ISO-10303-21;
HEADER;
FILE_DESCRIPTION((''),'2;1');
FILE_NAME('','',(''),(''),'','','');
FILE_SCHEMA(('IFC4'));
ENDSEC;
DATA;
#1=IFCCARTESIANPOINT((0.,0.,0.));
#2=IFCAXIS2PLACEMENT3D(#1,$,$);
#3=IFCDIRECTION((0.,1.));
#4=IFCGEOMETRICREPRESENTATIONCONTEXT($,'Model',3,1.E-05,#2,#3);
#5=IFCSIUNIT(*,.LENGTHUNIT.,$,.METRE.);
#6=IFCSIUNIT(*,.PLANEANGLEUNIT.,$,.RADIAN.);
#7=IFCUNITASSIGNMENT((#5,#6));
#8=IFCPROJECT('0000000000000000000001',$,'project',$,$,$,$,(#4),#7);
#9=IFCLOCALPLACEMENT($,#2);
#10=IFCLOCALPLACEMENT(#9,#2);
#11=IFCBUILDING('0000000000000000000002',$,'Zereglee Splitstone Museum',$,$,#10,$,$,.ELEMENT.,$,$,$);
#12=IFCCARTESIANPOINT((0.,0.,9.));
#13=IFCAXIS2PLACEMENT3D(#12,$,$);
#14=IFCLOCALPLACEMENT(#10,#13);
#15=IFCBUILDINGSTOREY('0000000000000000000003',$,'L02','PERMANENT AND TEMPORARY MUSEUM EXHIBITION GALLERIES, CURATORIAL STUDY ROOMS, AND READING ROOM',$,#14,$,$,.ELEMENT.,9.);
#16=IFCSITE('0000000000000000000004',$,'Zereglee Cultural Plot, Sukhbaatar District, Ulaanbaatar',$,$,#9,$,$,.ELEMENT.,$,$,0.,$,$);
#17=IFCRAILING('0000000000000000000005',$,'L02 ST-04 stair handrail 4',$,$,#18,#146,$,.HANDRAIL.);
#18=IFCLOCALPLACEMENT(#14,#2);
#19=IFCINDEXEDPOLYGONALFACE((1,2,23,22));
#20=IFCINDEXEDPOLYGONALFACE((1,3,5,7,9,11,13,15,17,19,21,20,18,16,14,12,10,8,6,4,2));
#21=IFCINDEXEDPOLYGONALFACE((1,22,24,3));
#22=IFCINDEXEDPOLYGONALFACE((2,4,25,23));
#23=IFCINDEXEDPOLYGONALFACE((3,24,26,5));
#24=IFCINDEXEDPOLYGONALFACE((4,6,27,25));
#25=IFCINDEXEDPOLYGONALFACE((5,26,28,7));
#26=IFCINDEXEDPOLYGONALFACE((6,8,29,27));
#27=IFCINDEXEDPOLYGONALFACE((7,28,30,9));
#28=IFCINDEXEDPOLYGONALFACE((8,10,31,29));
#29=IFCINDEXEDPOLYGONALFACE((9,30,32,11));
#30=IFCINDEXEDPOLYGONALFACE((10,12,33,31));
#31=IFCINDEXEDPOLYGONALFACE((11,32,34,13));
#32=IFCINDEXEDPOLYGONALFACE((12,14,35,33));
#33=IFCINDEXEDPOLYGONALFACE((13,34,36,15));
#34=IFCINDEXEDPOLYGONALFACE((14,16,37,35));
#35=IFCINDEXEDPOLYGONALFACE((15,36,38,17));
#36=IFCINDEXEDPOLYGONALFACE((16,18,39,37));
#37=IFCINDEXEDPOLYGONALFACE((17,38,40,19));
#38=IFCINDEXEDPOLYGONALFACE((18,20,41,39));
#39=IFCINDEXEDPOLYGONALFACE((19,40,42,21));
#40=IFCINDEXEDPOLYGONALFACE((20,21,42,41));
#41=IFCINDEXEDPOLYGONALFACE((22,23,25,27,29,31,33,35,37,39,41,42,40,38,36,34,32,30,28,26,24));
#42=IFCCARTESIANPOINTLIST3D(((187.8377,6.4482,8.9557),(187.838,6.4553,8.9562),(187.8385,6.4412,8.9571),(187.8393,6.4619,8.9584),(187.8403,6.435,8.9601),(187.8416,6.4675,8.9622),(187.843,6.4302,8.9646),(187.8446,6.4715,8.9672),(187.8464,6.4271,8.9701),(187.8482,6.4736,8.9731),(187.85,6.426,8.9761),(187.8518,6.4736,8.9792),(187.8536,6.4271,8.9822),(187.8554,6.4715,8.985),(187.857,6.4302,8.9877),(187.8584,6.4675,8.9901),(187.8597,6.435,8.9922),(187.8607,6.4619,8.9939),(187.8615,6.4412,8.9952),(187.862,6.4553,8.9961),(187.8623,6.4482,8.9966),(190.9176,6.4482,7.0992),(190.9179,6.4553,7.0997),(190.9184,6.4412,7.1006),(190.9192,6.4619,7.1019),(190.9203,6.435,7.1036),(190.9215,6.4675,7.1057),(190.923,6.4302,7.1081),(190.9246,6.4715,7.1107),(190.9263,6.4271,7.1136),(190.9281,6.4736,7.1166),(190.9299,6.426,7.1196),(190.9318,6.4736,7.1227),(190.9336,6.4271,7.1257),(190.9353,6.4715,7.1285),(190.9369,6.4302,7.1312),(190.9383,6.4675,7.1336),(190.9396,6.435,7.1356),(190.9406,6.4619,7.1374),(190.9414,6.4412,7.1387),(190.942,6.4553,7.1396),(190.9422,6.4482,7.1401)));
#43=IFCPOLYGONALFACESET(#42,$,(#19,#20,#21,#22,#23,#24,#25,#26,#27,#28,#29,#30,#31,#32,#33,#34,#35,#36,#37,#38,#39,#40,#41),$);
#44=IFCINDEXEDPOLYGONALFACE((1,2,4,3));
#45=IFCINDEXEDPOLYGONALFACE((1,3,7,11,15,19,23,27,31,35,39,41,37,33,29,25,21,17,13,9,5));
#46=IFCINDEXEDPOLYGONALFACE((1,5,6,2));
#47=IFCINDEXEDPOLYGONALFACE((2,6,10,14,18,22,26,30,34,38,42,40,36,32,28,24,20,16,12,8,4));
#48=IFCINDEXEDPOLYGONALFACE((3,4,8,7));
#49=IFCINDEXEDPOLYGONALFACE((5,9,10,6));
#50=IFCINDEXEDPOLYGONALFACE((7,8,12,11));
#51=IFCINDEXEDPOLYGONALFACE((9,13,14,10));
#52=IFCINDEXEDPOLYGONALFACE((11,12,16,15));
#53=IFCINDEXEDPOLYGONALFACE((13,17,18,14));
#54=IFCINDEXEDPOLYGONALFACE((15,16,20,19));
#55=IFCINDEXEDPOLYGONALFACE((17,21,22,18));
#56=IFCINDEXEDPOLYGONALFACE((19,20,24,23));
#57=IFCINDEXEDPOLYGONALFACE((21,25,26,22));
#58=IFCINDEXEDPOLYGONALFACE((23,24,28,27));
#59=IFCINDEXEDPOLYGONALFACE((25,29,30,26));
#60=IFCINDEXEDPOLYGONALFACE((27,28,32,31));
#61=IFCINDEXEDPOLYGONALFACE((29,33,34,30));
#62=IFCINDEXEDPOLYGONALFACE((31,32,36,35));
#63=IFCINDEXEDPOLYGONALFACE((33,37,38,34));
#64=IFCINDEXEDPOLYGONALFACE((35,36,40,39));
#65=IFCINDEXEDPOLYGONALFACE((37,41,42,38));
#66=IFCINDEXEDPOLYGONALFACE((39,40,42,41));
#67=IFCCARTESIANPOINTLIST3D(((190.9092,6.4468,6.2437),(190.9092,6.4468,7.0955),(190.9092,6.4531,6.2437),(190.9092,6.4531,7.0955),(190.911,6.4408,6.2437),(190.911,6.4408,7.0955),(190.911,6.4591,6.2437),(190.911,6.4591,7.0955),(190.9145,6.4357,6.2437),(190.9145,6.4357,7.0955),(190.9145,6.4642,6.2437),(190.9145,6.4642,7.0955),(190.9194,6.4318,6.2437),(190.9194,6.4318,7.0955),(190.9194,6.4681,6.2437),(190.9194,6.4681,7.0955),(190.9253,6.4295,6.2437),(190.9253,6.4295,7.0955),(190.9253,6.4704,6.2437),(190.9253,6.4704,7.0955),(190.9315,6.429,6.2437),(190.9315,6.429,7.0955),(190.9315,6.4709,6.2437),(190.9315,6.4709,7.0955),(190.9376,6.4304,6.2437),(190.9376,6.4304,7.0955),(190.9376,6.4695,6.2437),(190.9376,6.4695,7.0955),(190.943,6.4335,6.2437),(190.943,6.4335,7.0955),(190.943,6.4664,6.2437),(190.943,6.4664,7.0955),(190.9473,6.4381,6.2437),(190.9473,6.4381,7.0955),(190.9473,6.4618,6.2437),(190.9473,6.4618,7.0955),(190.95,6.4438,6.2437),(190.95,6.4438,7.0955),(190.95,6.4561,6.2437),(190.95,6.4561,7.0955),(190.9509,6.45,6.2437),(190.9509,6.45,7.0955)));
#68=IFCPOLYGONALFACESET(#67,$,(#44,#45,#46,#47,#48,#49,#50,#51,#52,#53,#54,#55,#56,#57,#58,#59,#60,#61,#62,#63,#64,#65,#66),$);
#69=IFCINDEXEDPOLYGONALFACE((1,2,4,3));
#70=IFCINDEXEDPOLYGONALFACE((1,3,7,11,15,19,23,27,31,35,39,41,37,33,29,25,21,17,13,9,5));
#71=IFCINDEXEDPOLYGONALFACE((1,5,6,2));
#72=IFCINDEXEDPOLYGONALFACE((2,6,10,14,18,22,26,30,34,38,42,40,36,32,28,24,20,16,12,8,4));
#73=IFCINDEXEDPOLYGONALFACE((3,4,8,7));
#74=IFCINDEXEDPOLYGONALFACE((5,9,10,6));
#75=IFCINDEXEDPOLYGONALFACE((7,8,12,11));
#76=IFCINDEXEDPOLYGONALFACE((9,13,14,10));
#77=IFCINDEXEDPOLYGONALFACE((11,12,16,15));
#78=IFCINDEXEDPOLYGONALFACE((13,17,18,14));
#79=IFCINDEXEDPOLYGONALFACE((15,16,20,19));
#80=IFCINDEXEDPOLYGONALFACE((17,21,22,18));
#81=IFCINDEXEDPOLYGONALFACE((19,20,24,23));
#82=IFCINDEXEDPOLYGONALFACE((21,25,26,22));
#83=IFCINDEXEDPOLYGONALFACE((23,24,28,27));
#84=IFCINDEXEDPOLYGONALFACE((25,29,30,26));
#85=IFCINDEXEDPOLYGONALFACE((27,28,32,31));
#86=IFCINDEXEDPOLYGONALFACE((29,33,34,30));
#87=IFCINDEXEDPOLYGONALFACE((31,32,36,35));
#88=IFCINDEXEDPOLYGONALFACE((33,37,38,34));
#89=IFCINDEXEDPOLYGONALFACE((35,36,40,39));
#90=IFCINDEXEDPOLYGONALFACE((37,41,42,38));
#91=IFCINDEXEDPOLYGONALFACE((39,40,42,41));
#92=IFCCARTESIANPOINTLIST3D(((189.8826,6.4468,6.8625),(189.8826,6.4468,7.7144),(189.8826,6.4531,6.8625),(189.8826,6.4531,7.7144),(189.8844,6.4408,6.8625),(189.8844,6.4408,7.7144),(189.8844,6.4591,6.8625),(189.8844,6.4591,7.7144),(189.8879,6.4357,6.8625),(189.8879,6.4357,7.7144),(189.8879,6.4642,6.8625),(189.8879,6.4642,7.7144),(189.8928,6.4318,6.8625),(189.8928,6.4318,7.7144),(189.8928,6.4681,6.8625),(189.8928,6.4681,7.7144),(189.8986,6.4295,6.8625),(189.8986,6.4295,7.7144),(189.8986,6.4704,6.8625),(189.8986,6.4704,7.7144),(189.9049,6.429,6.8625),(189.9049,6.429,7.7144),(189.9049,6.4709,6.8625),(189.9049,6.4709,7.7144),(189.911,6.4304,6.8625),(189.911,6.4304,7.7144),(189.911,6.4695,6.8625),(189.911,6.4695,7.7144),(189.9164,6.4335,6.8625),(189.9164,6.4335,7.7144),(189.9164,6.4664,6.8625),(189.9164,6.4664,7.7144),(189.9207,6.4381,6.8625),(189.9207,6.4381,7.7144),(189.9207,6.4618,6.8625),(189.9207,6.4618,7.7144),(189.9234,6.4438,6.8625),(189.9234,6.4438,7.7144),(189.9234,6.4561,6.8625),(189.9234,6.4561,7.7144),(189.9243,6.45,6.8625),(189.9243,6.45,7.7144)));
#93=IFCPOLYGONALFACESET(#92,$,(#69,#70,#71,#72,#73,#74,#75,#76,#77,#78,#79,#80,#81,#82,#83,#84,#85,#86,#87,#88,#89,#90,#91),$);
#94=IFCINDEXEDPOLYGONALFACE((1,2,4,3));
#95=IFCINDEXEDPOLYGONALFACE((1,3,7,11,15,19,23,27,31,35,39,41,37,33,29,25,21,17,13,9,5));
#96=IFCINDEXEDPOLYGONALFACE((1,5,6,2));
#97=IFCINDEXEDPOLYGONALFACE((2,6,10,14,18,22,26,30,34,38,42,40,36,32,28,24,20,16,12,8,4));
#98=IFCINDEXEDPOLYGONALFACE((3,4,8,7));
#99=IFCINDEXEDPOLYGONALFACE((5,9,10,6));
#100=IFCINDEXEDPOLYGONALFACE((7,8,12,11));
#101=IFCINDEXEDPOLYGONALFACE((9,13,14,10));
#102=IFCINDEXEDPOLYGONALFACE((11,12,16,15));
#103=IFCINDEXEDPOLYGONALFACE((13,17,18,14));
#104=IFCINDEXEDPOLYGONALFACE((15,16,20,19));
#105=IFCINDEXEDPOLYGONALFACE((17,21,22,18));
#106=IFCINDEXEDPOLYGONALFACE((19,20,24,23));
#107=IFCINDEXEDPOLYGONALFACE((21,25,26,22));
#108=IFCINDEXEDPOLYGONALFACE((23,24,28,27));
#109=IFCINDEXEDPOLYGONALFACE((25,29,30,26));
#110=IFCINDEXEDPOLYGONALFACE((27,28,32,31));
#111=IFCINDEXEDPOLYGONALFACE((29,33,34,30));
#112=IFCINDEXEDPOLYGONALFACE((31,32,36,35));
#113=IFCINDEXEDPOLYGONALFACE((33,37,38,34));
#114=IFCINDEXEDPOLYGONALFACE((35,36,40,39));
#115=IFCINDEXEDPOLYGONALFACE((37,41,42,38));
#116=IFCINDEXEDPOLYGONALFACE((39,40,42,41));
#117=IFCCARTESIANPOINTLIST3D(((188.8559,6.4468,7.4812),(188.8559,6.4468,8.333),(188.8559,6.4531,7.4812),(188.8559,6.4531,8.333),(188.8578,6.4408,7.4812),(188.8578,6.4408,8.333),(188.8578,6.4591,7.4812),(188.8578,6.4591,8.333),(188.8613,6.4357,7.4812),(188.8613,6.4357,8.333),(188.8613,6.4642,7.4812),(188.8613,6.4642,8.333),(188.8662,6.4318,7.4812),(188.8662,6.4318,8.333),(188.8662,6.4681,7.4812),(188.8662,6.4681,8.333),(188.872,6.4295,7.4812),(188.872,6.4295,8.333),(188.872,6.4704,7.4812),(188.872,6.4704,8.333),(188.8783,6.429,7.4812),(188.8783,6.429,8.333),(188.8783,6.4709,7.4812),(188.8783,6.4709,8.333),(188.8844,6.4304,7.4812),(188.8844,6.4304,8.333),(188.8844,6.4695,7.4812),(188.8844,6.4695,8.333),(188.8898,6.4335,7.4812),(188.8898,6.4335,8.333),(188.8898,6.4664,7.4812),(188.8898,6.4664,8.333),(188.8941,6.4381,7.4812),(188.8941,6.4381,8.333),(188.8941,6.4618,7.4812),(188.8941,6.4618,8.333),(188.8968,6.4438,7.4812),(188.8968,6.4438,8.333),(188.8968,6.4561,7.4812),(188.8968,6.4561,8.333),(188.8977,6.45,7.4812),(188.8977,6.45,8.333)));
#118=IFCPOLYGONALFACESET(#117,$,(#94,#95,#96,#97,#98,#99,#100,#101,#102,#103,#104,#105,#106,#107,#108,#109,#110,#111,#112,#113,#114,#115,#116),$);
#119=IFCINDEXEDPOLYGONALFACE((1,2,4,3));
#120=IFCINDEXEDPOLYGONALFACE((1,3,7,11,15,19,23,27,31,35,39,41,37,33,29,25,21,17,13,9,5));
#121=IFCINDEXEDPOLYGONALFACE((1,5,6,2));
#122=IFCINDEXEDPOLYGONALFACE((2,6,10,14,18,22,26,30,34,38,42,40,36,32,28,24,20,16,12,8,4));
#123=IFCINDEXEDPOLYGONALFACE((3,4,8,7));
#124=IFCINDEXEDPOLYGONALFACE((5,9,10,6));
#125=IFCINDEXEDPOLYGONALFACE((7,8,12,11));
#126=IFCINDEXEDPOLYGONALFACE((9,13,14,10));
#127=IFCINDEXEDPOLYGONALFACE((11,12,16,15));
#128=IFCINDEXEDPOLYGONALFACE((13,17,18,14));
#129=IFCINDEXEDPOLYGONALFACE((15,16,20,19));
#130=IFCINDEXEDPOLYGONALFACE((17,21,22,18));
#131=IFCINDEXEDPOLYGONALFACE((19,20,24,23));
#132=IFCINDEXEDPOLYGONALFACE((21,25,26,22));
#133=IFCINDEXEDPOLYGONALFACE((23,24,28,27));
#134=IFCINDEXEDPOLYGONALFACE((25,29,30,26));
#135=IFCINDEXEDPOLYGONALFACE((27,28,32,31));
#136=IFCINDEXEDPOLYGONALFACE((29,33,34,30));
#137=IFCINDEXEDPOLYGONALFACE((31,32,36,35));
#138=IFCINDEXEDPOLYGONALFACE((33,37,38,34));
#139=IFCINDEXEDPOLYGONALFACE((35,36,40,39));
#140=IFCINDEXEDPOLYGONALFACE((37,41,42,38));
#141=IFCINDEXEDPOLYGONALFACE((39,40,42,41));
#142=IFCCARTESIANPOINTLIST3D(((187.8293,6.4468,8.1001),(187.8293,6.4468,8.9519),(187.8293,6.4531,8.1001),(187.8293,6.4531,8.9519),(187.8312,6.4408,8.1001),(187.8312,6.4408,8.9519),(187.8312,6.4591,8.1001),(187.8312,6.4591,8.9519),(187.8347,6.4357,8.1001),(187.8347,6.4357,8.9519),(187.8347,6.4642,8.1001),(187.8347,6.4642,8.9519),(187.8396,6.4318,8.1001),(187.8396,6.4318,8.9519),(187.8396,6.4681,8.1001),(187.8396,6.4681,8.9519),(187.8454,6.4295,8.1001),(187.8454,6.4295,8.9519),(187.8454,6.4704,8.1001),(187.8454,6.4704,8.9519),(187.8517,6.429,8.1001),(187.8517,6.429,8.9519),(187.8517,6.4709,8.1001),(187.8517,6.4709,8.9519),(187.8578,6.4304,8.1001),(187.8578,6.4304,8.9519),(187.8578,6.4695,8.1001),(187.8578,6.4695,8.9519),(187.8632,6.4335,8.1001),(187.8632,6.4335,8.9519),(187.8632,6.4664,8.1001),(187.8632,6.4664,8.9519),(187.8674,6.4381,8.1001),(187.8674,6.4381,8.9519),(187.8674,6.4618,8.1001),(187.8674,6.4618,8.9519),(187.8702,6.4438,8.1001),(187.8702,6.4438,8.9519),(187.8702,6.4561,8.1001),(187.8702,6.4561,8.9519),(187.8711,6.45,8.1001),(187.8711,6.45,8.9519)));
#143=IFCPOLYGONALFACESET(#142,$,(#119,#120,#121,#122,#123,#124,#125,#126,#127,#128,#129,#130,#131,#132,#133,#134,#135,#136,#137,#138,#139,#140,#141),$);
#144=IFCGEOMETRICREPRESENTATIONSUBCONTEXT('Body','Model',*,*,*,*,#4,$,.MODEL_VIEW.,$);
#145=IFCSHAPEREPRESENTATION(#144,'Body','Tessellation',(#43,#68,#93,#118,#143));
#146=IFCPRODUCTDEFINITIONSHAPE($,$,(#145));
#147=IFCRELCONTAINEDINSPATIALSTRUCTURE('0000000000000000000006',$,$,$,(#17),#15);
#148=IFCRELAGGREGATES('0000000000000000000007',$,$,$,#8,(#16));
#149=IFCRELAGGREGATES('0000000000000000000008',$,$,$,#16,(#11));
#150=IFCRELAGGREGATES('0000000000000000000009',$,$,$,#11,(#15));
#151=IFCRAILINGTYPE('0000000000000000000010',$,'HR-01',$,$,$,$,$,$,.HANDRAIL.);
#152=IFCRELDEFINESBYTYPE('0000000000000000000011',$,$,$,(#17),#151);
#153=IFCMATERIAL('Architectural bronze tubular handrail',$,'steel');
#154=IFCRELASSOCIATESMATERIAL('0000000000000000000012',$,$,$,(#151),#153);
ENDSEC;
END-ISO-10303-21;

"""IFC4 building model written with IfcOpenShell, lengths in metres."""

from ifc_helpers import new_model, si_unit, direction, frame, origin, origin_2d, place, context, subcontext, project, spatial, circle, extrude, material, type_object, element, save


model = new_model("IFC4")

# Units and contexts
model_context = context("Model", 3, precision=1e-05, world=origin(), true_north=direction((0.0, 1.0)))
body_context = subcontext(model_context, "Body", "Model", "MODEL_VIEW")
ifc_project = project(units=[si_unit("LENGTHUNIT", "METRE"), si_unit("PLANEANGLEUNIT", "RADIAN")], contexts=[model_context])

# Site, building, storey
site_placement = place(None, origin())
site = spatial("IfcSite", under=ifc_project, at=site_placement, Name="Zereglee Cultural Plot, Sukhbaatar District, Ulaanbaatar", CompositionType="ELEMENT", RefElevation=0.0)
building_placement = place(site_placement, origin())
building = spatial("IfcBuilding", under=site, at=building_placement, Name="Zereglee Splitstone Museum", CompositionType="ELEMENT")
storey_placement = place(building_placement, frame((0.0, 0.0, 9.0)))
storey = spatial("IfcBuildingStorey", under=building, at=storey_placement, Name="L02", Description="PERMANENT AND TEMPORARY MUSEUM EXHIBITION GALLERIES, CURATORIAL STUDY ROOMS, AND READING ROOM", CompositionType="ELEMENT", Elevation=9.0)

# Railing
ifc_material_1 = material(Name="Architectural bronze tubular handrail", Category="steel")
railing_type_1 = type_object("IfcRailingType", Name="HR-01", PredefinedType="HANDRAIL", material=ifc_material_1)
railing_1_placement = place(storey_placement, frame((190.9299, 6.45, 6.2437)))
element("IfcRailing", 1, at=railing_1_placement, inside=storey, type_object=railing_type_1, Name="L02 ST-04 stair handrail 4", PredefinedType="HANDRAIL", context=body_context, shape_type="SweptSolid", body=[
    extrude(circle(Radius=0.0239, at=origin_2d()), frame((0.0, 0.0, 0.876), z_axis=(-0.856443, 0.0, 0.516242), x_axis=(0.0, -1.0, 0.0)), (0.0, 0.0, 1.0), 3.5962),
    extrude(circle(Radius=0.021, at=origin_2d()), origin(), (0.0, 0.0, 1.0), 0.8518),
    extrude(circle(Radius=0.021, at=origin_2d()), frame((-1.0266, 0.0, 0.6189)), (0.0, 0.0, 1.0), 0.8518),
    extrude(circle(Radius=0.021, at=origin_2d()), frame((-2.0532, 0.0, 1.2375)), (0.0, 0.0, 1.0), 0.8518),
    extrude(circle(Radius=0.021, at=origin_2d()), frame((-3.0798, 0.0, 1.8564)), (0.0, 0.0, 1.0), 0.8518),
])

save(model, "model.ifc")
